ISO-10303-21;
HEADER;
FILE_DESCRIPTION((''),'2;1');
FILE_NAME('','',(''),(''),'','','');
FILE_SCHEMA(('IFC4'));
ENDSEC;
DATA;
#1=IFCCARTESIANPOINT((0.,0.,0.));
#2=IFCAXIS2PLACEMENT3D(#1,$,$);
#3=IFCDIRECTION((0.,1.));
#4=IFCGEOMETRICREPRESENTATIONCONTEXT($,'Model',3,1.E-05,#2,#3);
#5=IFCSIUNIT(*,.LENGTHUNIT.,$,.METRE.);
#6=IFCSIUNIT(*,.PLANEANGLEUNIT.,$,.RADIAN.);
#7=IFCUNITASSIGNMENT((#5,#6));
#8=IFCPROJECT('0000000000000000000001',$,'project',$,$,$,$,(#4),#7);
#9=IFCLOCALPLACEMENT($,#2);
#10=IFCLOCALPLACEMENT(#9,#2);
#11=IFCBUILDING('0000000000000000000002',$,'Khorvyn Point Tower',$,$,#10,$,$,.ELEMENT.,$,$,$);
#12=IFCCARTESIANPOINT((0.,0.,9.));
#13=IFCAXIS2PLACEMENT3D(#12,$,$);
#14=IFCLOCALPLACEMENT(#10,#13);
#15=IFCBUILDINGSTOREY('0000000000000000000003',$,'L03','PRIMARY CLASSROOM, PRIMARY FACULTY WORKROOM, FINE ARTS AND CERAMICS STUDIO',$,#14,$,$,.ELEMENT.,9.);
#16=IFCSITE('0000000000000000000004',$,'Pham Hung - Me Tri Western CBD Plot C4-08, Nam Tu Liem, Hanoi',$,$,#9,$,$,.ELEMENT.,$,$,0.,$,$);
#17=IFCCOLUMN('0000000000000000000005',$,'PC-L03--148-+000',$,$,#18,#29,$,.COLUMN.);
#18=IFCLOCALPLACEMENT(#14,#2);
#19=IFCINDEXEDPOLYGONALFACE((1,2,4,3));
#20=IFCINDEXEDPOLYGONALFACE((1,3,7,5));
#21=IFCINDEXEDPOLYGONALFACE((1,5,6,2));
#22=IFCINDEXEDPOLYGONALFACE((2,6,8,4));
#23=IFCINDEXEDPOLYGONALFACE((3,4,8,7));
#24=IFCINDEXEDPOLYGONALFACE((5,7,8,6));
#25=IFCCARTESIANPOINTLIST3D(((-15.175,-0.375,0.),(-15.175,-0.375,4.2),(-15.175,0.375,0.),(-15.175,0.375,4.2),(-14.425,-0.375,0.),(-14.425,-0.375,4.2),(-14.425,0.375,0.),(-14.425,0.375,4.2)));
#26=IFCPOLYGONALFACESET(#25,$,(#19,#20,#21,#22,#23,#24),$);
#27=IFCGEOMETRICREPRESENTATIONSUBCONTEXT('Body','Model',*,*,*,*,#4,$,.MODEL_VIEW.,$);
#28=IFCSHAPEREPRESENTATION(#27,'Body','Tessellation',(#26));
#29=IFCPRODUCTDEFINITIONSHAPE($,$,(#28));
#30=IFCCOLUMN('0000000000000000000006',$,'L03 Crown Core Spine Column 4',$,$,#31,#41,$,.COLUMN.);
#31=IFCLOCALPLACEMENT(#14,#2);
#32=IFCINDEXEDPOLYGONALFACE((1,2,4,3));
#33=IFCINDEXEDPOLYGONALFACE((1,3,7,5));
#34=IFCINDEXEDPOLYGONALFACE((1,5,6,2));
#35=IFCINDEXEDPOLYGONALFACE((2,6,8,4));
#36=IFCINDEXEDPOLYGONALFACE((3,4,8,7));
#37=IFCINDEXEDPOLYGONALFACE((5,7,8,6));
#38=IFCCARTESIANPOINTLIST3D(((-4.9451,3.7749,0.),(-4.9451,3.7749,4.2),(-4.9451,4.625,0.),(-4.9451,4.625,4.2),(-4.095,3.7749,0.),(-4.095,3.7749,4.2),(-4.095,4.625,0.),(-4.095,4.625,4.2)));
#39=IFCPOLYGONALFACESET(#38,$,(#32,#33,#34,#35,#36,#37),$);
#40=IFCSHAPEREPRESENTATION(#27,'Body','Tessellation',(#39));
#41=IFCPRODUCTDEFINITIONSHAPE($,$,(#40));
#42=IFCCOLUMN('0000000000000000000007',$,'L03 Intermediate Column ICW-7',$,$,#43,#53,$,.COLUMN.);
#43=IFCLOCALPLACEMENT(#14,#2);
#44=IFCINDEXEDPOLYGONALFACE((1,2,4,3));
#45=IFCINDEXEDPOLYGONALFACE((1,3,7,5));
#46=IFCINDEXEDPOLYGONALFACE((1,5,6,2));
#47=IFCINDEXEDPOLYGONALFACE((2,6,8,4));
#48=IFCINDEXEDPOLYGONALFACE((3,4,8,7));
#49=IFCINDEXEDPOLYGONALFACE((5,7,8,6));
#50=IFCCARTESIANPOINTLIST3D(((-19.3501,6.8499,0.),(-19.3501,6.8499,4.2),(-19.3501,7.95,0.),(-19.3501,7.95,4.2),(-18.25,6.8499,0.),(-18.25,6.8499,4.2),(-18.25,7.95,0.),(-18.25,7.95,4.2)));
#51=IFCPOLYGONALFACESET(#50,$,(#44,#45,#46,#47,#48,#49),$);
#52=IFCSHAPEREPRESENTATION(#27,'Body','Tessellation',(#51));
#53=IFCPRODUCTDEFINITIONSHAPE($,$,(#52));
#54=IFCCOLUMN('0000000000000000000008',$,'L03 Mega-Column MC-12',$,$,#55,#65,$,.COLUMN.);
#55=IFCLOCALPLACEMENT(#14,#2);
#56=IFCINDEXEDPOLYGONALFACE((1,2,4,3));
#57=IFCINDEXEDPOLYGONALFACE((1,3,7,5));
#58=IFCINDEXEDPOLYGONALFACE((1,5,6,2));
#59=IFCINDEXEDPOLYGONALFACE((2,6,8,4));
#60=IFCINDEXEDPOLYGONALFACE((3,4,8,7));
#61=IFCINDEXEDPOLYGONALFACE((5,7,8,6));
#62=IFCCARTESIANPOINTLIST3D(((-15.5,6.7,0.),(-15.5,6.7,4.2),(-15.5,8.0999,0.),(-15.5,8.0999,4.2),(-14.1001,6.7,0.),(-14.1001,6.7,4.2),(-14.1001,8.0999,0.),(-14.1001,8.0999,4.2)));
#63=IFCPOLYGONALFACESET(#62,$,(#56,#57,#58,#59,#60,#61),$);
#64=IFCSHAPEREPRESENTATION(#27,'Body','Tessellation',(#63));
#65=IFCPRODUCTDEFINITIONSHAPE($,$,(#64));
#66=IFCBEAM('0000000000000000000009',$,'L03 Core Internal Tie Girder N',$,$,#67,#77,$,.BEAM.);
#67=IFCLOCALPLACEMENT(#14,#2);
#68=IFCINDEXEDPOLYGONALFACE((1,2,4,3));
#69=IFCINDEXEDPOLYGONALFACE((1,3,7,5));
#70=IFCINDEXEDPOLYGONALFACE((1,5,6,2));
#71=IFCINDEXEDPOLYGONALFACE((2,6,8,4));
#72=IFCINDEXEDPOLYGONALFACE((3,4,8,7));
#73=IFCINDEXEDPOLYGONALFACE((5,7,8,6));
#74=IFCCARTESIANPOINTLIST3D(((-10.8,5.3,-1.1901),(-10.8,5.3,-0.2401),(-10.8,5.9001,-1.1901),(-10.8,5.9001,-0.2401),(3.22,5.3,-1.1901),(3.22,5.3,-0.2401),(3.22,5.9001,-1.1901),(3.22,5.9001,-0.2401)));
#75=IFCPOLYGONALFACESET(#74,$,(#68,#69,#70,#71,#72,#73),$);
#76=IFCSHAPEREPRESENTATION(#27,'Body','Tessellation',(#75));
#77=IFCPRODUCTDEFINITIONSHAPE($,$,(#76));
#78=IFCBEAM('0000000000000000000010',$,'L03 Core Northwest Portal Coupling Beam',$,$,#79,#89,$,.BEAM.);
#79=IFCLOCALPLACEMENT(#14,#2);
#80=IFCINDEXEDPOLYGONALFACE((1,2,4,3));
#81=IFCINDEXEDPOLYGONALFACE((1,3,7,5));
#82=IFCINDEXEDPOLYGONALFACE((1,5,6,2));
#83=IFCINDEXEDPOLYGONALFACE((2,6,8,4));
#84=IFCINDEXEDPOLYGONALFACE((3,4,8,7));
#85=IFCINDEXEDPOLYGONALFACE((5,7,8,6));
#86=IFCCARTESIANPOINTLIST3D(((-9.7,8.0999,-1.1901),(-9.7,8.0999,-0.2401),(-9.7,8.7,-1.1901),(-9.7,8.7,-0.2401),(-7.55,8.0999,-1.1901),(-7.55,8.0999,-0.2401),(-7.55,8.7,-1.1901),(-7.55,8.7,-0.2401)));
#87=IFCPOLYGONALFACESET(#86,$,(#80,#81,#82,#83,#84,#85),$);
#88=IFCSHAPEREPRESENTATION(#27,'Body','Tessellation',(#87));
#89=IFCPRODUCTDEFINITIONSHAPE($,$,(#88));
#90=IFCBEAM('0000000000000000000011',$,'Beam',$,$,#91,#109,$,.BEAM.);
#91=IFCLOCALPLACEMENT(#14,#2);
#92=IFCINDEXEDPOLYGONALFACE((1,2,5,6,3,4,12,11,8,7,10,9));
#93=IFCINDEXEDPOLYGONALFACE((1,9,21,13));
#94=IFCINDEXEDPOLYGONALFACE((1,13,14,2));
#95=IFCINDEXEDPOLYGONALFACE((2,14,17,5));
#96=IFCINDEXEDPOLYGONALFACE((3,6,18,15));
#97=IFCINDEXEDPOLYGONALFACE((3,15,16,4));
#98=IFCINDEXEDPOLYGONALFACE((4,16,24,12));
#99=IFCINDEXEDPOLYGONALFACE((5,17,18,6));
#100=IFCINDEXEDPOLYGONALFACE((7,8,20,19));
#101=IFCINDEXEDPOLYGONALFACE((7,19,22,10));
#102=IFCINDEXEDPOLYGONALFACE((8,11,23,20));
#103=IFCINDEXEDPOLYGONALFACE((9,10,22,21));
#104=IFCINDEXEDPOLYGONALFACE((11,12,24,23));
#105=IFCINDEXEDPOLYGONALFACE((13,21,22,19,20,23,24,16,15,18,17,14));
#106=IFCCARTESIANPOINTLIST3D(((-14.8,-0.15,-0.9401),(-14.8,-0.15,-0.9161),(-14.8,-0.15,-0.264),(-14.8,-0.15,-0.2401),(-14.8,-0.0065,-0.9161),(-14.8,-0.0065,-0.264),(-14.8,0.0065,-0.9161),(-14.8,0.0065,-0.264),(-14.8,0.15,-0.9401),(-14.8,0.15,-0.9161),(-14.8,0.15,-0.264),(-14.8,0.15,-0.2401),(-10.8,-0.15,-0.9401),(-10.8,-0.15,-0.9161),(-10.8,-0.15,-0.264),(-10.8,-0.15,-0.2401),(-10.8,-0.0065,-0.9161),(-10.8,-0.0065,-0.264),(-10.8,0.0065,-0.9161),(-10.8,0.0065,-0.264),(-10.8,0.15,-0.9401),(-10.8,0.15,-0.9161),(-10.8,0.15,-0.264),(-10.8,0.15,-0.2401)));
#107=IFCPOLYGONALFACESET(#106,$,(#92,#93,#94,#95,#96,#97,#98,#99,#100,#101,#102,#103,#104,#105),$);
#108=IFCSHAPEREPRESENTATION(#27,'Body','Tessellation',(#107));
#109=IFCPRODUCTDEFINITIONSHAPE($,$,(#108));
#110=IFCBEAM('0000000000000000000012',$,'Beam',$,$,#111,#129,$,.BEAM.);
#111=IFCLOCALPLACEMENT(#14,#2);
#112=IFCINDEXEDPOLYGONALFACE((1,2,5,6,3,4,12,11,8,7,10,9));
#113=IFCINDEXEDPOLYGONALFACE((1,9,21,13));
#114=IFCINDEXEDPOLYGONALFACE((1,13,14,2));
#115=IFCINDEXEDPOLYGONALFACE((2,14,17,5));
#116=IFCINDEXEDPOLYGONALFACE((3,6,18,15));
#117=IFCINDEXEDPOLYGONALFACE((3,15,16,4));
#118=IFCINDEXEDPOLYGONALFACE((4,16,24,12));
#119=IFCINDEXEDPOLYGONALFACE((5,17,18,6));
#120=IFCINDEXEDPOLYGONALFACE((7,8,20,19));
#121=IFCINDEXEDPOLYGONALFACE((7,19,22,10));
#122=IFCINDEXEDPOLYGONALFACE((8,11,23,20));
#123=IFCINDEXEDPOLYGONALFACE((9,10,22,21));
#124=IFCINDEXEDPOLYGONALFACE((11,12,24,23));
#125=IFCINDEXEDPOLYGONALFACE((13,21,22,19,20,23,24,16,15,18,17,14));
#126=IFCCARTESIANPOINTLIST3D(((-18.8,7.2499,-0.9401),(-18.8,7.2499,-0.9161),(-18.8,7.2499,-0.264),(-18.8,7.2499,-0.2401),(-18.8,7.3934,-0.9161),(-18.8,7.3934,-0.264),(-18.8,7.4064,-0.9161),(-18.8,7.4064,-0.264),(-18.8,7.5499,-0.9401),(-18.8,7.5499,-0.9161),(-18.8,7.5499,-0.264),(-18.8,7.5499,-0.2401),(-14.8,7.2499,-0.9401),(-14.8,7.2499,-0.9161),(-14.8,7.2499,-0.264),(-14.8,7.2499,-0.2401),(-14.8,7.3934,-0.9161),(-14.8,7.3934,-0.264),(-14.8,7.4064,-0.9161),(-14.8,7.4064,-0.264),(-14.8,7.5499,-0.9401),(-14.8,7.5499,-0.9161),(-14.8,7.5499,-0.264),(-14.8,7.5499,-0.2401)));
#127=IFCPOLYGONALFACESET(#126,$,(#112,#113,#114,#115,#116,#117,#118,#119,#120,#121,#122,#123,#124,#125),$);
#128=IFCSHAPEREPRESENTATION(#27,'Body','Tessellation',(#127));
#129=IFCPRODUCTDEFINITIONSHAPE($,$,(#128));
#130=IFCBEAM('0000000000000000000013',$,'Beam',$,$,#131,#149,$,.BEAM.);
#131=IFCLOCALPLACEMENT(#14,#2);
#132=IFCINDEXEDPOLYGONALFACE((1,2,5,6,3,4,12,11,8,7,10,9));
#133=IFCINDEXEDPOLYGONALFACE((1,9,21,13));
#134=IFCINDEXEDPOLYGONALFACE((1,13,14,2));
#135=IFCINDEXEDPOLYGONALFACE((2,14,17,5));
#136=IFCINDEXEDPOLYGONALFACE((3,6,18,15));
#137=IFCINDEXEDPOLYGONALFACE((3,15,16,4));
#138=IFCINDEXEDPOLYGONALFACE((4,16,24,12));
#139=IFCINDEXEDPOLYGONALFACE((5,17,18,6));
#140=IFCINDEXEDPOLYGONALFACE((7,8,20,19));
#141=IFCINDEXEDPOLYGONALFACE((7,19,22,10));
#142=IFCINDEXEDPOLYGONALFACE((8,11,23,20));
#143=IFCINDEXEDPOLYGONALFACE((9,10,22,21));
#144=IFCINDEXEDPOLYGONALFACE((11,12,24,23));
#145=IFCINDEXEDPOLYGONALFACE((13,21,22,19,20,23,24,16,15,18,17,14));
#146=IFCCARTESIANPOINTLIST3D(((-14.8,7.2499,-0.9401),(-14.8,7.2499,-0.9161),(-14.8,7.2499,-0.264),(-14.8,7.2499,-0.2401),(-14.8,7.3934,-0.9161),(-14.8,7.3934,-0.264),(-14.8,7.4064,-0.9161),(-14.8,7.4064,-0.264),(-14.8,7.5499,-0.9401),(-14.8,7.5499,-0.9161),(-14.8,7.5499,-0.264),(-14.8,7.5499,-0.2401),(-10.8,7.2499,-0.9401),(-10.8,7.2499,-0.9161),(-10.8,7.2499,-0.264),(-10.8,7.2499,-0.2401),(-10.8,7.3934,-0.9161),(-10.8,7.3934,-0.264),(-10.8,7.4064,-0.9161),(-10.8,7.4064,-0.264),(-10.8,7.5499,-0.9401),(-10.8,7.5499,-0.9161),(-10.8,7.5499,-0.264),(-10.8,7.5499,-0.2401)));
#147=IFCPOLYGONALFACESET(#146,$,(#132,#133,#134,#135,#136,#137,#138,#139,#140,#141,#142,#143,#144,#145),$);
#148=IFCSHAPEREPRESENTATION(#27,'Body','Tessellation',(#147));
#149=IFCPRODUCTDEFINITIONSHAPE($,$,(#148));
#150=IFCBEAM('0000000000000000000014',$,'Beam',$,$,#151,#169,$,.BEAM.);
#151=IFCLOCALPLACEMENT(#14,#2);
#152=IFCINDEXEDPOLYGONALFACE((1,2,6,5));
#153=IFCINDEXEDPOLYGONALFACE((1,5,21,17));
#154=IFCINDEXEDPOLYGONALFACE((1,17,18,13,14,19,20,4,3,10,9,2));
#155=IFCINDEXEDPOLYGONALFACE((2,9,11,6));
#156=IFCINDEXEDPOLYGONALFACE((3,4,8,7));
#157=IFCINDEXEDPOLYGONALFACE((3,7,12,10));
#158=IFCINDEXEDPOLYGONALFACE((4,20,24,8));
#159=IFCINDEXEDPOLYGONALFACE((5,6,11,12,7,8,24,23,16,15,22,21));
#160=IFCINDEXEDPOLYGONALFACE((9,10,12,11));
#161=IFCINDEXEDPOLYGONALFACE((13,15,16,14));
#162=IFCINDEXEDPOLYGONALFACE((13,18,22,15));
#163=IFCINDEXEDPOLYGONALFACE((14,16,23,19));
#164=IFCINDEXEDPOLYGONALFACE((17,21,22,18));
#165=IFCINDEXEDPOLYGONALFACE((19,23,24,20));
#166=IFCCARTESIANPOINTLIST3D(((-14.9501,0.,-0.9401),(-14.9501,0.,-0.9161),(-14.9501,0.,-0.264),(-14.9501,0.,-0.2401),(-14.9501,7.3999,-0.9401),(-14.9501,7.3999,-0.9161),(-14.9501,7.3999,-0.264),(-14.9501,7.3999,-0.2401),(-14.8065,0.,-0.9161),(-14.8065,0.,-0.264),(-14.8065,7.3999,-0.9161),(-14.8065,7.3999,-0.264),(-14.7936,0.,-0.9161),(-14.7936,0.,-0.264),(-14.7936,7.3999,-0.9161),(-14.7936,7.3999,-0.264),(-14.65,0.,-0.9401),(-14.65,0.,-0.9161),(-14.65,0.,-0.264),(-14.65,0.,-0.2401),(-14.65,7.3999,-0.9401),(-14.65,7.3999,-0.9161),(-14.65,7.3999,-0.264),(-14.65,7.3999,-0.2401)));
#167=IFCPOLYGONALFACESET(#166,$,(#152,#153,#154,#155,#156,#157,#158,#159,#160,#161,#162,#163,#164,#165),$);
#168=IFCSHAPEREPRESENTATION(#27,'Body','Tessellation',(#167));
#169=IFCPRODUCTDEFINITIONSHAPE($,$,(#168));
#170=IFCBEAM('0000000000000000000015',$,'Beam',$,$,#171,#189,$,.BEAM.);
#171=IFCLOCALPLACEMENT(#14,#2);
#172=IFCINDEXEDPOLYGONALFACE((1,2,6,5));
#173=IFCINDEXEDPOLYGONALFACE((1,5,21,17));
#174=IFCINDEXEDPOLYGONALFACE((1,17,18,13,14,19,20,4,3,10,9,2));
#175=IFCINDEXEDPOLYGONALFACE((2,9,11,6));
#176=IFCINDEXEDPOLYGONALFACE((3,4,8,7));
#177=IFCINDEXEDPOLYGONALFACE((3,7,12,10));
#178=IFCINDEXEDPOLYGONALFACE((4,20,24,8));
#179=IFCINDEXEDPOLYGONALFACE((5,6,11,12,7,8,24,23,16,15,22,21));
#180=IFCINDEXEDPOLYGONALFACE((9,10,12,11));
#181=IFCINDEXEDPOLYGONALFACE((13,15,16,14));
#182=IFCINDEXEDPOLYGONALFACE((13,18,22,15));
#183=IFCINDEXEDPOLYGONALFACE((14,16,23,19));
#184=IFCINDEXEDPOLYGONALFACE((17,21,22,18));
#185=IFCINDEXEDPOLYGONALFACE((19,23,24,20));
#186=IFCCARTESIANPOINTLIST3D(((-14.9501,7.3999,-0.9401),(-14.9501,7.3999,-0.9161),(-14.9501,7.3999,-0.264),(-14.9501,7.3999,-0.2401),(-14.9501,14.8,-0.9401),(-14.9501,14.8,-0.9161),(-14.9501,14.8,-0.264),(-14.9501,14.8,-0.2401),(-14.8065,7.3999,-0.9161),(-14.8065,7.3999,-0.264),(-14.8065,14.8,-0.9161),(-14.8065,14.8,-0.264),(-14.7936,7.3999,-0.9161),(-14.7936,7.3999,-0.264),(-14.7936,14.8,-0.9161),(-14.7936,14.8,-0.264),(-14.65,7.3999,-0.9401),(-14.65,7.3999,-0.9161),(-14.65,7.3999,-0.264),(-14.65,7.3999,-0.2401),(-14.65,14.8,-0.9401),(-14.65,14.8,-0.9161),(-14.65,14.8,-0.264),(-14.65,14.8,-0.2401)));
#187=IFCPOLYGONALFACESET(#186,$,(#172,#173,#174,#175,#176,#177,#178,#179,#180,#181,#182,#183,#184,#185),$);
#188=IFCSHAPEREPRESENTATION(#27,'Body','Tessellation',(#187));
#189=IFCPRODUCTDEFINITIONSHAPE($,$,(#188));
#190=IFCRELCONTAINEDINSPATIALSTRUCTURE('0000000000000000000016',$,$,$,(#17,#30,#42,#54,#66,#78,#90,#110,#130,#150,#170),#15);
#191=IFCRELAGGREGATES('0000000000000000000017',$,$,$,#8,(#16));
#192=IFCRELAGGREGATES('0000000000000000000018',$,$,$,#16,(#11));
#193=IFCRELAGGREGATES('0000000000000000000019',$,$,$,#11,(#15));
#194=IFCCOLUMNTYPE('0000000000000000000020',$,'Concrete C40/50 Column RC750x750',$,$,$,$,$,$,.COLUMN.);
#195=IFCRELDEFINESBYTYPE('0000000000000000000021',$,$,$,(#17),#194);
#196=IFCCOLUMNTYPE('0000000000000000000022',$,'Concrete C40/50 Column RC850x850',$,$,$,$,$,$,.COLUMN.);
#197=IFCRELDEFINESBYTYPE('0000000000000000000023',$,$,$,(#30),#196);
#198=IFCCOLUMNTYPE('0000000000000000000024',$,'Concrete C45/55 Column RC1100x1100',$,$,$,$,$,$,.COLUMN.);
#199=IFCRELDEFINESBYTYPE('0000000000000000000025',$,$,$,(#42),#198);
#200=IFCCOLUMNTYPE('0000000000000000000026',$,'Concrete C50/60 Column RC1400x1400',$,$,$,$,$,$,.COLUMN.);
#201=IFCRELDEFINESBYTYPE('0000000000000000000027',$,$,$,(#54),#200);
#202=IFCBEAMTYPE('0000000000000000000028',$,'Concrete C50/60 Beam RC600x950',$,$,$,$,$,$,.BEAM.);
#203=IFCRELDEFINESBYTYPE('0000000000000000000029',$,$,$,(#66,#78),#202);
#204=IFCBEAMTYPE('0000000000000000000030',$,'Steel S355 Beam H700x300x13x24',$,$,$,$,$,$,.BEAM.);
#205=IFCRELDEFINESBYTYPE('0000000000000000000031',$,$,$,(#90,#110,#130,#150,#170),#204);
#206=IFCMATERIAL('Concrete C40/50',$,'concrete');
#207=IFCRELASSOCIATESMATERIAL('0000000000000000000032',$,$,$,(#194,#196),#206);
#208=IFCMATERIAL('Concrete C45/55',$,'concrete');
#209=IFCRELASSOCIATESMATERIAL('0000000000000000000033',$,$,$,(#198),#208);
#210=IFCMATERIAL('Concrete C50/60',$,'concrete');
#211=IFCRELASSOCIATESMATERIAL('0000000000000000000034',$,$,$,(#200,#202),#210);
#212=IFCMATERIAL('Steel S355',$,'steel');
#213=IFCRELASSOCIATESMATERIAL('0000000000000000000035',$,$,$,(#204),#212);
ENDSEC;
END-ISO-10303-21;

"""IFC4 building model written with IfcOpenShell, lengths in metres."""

from ifc_helpers import new_model, si_unit, direction, frame, origin, origin_2d, place, context, subcontext, project, spatial, rectangle, i_section, extrude, material, material_profile, profile_set, type_object, element, save


model = new_model("IFC4")

# Units and contexts
model_context = context("Model", 3, precision=1e-05, world=origin(), true_north=direction((0.0, 1.0)))
body_context = subcontext(model_context, "Body", "Model", "MODEL_VIEW")
ifc_project = project(units=[si_unit("LENGTHUNIT", "METRE"), si_unit("PLANEANGLEUNIT", "RADIAN")], contexts=[model_context])

# Site, building, storey
site_placement = place(None, origin())
site = spatial("IfcSite", under=ifc_project, at=site_placement, Name="Pham Hung - Me Tri Western CBD Plot C4-08, Nam Tu Liem, Hanoi", CompositionType="ELEMENT", RefElevation=0.0)
building_placement = place(site_placement, origin())
building = spatial("IfcBuilding", under=site, at=building_placement, Name="Khorvyn Point Tower", CompositionType="ELEMENT")
storey_placement = place(building_placement, frame((0.0, 0.0, 9.0)))
storey = spatial("IfcBuildingStorey", under=building, at=storey_placement, Name="L03", Description="PRIMARY CLASSROOM, PRIMARY FACULTY WORKROOM, FINE ARTS AND CERAMICS STUDIO", CompositionType="ELEMENT", Elevation=9.0)

# Columns
ifc_material_1 = material(Name="Concrete C40/50", Category="concrete")
ifc_material_profile_1 = material_profile(ifc_material_1, rectangle(XDim=0.75, YDim=0.75, at=origin_2d()))
ifc_profile_set_1 = profile_set([ifc_material_profile_1], Name="Concrete C40/50 RC750x750")
column_type_1 = type_object("IfcColumnType", Name="Concrete C40/50 Column RC750x750", PredefinedType="COLUMN", material=ifc_profile_set_1)
column_1_placement = place(storey_placement, frame((-14.8, 0.0, 0.0), z_axis=(0.0, 0.0, 1.0), x_axis=(1.0, 0.0, 0.0)))
element("IfcColumn", 1, at=column_1_placement, inside=storey, type_object=column_type_1, Name="PC-L03--148-+000", PredefinedType="COLUMN", context=body_context, shape_type="SweptSolid", body=[
    extrude(rectangle(XDim=0.75, YDim=0.75, at=origin_2d()), origin(), (0.0, 0.0, 1.0), 4.2),
])
ifc_material_profile_2 = material_profile(ifc_material_1, rectangle(XDim=0.8501, YDim=0.8501, at=origin_2d()))
ifc_profile_set_2 = profile_set([ifc_material_profile_2], Name="Concrete C40/50 RC850x850")
column_type_2 = type_object("IfcColumnType", Name="Concrete C40/50 Column RC850x850", PredefinedType="COLUMN", material=ifc_profile_set_2)
column_2_placement = place(storey_placement, frame((-4.52, 4.2, 0.0), z_axis=(0.0, 0.0, 1.0), x_axis=(1.0, 0.0, 0.0)))
element("IfcColumn", 2, at=column_2_placement, inside=storey, type_object=column_type_2, Name="L03 Crown Core Spine Column 4", PredefinedType="COLUMN", context=body_context, shape_type="SweptSolid", body=[
    extrude(rectangle(XDim=0.8501, YDim=0.8501, at=origin_2d()), origin(), (0.0, 0.0, 1.0), 4.2),
])
ifc_material_2 = material(Name="Concrete C45/55", Category="concrete")
ifc_material_profile_3 = material_profile(ifc_material_2, rectangle(XDim=1.1001, YDim=1.1001, at=origin_2d()))
ifc_profile_set_3 = profile_set([ifc_material_profile_3], Name="Concrete C45/55 RC1100x1100")
column_type_3 = type_object("IfcColumnType", Name="Concrete C45/55 Column RC1100x1100", PredefinedType="COLUMN", material=ifc_profile_set_3)
column_3_placement = place(storey_placement, frame((-18.8, 7.3999, 0.0), z_axis=(0.0, 0.0, 1.0), x_axis=(1.0, 0.0, 0.0)))
element("IfcColumn", 3, at=column_3_placement, inside=storey, type_object=column_type_3, Name="L03 Intermediate Column ICW-7", PredefinedType="COLUMN", context=body_context, shape_type="SweptSolid", body=[
    extrude(rectangle(XDim=1.1001, YDim=1.1001, at=origin_2d()), origin(), (0.0, 0.0, 1.0), 4.2),
])
ifc_material_3 = material(Name="Concrete C50/60", Category="concrete")
ifc_material_profile_4 = material_profile(ifc_material_3, rectangle(XDim=1.3999, YDim=1.3999, at=origin_2d()))
ifc_profile_set_4 = profile_set([ifc_material_profile_4], Name="Concrete C50/60 RC1400x1400")
column_type_4 = type_object("IfcColumnType", Name="Concrete C50/60 Column RC1400x1400", PredefinedType="COLUMN", material=ifc_profile_set_4)
column_4_placement = place(storey_placement, frame((-14.8, 7.3999, 0.0), z_axis=(0.0, 0.0, 1.0), x_axis=(1.0, 0.0, 0.0)))
element("IfcColumn", 4, at=column_4_placement, inside=storey, type_object=column_type_4, Name="L03 Mega-Column MC-12", PredefinedType="COLUMN", context=body_context, shape_type="SweptSolid", body=[
    extrude(rectangle(XDim=1.3999, YDim=1.3999, at=origin_2d()), origin(), (0.0, 0.0, 1.0), 4.2),
])

# Beams
ifc_material_profile_5 = material_profile(ifc_material_3, rectangle(XDim=0.6001, YDim=0.95, at=origin_2d()))
ifc_profile_set_5 = profile_set([ifc_material_profile_5], Name="Concrete C50/60 RC600x950")
beam_type_1 = type_object("IfcBeamType", Name="Concrete C50/60 Beam RC600x950", PredefinedType="BEAM", material=ifc_profile_set_5)
beam_1_placement = place(storey_placement, frame((-10.8, 5.6001, -0.7151), z_axis=(1.0, 0.0, 0.0), x_axis=(0.0, 1.0, 0.0)))
element("IfcBeam", 5, at=beam_1_placement, inside=storey, type_object=beam_type_1, Name="L03 Core Internal Tie Girder N", PredefinedType="BEAM", context=body_context, shape_type="SweptSolid", body=[
    extrude(rectangle(XDim=0.6001, YDim=0.95, at=origin_2d()), origin(), (0.0, 0.0, 1.0), 14.02),
])
beam_2_placement = place(storey_placement, frame((-9.7, 8.3999, -0.7151), z_axis=(1.0, 0.0, 0.0), x_axis=(0.0, 1.0, 0.0)))
element("IfcBeam", 6, at=beam_2_placement, inside=storey, type_object=beam_type_1, Name="L03 Core Northwest Portal Coupling Beam", PredefinedType="BEAM", context=body_context, shape_type="SweptSolid", body=[
    extrude(rectangle(XDim=0.6001, YDim=0.95, at=origin_2d()), origin(), (0.0, 0.0, 1.0), 2.1499),
])
ifc_material_4 = material(Name="Steel S355", Category="steel")
ifc_material_profile_6 = material_profile(ifc_material_4, i_section(OverallWidth=0.3, OverallDepth=0.7, WebThickness=0.0129, FlangeThickness=0.0239, at=origin_2d()))
ifc_profile_set_6 = profile_set([ifc_material_profile_6], Name="Steel S355 H700x300x13x24")
beam_type_2 = type_object("IfcBeamType", Name="Steel S355 Beam H700x300x13x24", PredefinedType="BEAM", material=ifc_profile_set_6)
for number, where, z_axis, x_axis, name in (
    (7, (-14.8, 0.0, -0.5901), (1.0, 0.0, 0.0), (0.0, 1.0, 0.0), "Beam"),
    (8, (-18.8, 7.3999, -0.5901), (1.0, 0.0, 0.0), (0.0, 1.0, 0.0), "Beam"),
    (9, (-14.8, 7.3999, -0.5901), (1.0, 0.0, 0.0), (0.0, 1.0, 0.0), "Beam"),
):
    element("IfcBeam", number, at=place(storey_placement, frame(where, z_axis=z_axis, x_axis=x_axis)), inside=storey, type_object=beam_type_2, Name=name, PredefinedType="BEAM", context=body_context, shape_type="SweptSolid", body=[
        extrude(i_section(OverallWidth=0.3, OverallDepth=0.7, WebThickness=0.0129, FlangeThickness=0.0239, at=origin_2d()), origin(), (0.0, 0.0, 1.0), 4.0),
    ])
beam_3_placement = place(storey_placement, frame((-14.8, 0.0, -0.5901), z_axis=(0.0, 1.0, 0.0), x_axis=(-1.0, 0.0, 0.0)))
element("IfcBeam", 10, at=beam_3_placement, inside=storey, type_object=beam_type_2, Name="Beam", PredefinedType="BEAM", context=body_context, shape_type="SweptSolid", body=[
    extrude(i_section(OverallWidth=0.3, OverallDepth=0.7, WebThickness=0.0129, FlangeThickness=0.0239, at=origin_2d()), origin(), (0.0, 0.0, 1.0), 7.3999),
])
for number, where, z_axis, x_axis, name in (
    (11, (-14.8, 7.3999, -0.5901), (0.0, 1.0, 0.0), (-1.0, 0.0, 0.0), "Beam"),
):
    element("IfcBeam", number, at=place(storey_placement, frame(where, z_axis=z_axis, x_axis=x_axis)), inside=storey, type_object=beam_type_2, Name=name, PredefinedType="BEAM", context=body_context, shape_type="SweptSolid", body=[
        extrude(i_section(OverallWidth=0.3, OverallDepth=0.7, WebThickness=0.0129, FlangeThickness=0.0239, at=origin_2d()), origin(), (0.0, 0.0, 1.0), 7.4001),
    ])

save(model, "model.ifc")
